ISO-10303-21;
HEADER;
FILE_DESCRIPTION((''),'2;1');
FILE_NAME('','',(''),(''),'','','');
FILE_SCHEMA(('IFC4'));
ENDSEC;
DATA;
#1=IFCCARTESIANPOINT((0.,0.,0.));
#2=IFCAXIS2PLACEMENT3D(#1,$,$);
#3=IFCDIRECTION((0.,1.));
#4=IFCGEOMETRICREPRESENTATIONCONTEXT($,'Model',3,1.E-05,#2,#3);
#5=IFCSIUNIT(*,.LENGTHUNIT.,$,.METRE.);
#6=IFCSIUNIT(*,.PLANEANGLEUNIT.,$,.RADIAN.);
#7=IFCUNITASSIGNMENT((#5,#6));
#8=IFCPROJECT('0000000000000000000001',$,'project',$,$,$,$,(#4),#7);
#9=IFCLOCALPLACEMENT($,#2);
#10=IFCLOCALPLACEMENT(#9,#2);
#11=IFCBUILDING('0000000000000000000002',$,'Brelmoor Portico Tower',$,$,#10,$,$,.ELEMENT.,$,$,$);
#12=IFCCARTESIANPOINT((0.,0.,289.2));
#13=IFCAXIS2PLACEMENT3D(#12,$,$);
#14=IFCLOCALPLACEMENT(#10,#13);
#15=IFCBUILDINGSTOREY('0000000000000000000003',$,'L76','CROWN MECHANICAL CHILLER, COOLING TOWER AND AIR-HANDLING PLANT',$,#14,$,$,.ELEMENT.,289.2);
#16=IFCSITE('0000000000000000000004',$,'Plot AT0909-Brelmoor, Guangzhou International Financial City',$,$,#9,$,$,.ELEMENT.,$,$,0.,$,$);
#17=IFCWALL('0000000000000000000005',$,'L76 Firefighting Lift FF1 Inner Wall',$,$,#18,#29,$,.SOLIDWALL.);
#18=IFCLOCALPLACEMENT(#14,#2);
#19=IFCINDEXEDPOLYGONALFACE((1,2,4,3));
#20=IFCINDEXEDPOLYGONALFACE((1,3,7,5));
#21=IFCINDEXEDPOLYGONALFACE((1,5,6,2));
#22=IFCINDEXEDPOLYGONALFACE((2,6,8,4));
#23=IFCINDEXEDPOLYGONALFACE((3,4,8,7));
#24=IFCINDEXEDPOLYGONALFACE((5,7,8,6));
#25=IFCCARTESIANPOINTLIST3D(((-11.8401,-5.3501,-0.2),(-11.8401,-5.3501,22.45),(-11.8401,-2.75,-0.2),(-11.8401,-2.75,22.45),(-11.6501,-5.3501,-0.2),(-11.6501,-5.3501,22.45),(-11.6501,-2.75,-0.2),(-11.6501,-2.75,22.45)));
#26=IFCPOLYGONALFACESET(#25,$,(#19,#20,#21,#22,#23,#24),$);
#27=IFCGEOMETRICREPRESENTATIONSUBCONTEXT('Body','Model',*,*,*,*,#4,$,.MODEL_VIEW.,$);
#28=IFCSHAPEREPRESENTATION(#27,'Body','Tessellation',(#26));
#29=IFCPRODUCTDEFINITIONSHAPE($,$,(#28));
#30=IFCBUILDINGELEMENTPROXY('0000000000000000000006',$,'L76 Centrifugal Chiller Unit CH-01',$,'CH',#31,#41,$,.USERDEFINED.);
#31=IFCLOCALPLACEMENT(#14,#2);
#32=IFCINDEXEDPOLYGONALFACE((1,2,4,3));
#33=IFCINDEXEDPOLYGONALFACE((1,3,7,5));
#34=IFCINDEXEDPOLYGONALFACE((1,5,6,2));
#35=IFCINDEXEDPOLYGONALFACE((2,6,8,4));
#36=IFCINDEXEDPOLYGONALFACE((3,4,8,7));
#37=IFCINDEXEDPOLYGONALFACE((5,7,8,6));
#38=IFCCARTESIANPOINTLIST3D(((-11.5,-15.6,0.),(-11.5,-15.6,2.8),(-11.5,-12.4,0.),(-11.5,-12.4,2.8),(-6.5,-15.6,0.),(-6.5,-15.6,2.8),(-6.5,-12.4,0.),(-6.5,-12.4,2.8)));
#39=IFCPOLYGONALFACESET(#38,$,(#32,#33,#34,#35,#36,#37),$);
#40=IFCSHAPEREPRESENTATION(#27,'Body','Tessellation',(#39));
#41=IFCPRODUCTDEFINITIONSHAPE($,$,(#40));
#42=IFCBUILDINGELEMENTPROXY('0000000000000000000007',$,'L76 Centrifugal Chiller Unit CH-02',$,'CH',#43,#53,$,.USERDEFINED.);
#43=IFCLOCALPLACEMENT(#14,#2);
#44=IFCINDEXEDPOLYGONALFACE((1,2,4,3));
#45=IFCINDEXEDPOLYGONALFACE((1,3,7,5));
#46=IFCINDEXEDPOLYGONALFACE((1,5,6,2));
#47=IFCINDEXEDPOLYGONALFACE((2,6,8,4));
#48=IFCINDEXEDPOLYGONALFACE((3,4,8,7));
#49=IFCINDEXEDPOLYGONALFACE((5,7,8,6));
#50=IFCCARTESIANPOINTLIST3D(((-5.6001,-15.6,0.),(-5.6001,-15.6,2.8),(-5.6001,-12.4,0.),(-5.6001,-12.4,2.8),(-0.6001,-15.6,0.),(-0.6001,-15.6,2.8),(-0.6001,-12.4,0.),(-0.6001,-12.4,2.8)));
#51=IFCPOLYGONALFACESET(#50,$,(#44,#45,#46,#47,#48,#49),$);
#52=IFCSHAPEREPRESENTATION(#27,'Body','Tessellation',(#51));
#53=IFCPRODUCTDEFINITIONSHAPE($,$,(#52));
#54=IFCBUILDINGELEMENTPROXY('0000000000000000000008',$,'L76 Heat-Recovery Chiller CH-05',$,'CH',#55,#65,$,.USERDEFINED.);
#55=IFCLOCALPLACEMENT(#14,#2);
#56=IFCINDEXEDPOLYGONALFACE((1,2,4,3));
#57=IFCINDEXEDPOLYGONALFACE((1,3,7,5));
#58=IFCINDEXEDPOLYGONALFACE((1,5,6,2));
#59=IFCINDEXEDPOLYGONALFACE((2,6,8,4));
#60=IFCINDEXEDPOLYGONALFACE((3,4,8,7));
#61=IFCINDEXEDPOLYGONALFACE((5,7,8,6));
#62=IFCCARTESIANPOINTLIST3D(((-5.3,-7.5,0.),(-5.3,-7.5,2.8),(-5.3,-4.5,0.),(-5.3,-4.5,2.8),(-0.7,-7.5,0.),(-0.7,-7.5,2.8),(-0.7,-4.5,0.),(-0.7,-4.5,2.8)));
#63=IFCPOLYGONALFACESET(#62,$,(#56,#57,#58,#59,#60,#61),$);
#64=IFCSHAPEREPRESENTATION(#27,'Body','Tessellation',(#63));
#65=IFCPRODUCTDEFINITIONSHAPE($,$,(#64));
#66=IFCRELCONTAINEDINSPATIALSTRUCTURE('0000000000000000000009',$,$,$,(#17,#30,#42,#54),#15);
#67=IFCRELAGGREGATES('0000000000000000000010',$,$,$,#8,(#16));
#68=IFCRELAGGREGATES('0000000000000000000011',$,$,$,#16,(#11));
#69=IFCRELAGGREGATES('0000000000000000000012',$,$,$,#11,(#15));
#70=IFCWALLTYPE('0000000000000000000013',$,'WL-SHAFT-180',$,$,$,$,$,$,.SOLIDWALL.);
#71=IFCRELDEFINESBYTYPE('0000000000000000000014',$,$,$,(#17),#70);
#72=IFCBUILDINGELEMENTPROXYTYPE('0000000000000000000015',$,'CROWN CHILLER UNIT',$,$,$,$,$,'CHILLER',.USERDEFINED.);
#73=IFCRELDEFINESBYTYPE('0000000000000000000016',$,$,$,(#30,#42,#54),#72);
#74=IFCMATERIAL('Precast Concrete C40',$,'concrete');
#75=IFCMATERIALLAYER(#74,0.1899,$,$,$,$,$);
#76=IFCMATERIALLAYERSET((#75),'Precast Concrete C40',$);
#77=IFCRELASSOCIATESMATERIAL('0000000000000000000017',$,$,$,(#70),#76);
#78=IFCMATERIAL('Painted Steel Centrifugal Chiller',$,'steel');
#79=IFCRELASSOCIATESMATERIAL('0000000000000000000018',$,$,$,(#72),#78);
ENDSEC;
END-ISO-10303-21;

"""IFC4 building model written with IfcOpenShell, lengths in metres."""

from ifc_helpers import new_model, si_unit, direction, frame, frame_2d, origin, origin_2d, place, context, subcontext, project, spatial, rectangle, extrude, material, layer, layer_set, type_object, element, save


model = new_model("IFC4")

# Units and contexts
model_context = context("Model", 3, precision=1e-05, world=origin(), true_north=direction((0.0, 1.0)))
body_context = subcontext(model_context, "Body", "Model", "MODEL_VIEW")
ifc_project = project(units=[si_unit("LENGTHUNIT", "METRE"), si_unit("PLANEANGLEUNIT", "RADIAN")], contexts=[model_context])

# Site, building, storey
site_placement = place(None, origin())
site = spatial("IfcSite", under=ifc_project, at=site_placement, Name="Plot AT0909-Brelmoor, Guangzhou International Financial City", CompositionType="ELEMENT", RefElevation=0.0)
building_placement = place(site_placement, origin())
building = spatial("IfcBuilding", under=site, at=building_placement, Name="Brelmoor Portico Tower", CompositionType="ELEMENT")
storey_placement = place(building_placement, frame((0.0, 0.0, 289.2)))
storey = spatial("IfcBuildingStorey", under=building, at=storey_placement, Name="L76", Description="CROWN MECHANICAL CHILLER, COOLING TOWER AND AIR-HANDLING PLANT", CompositionType="ELEMENT", Elevation=289.2)

# Wall
ifc_material_1 = material(Name="Precast Concrete C40", Category="concrete")
ifc_layer_1 = layer(ifc_material_1, 0.1899)
ifc_layer_set_1 = layer_set([ifc_layer_1], Name="Precast Concrete C40")
wall_type_1 = type_object("IfcWallType", Name="WL-SHAFT-180", PredefinedType="SOLIDWALL", material=ifc_layer_set_1)
wall_1_placement = place(storey_placement, frame((-11.7451, -5.3501, -0.2), z_axis=(0.0, 0.0, 1.0), x_axis=(0.0, 1.0, 0.0)))
element("IfcWall", 1, at=wall_1_placement, inside=storey, type_object=wall_type_1, Name="L76 Firefighting Lift FF1 Inner Wall", PredefinedType="SOLIDWALL", context=body_context, shape_type="SweptSolid", body=[
    extrude(rectangle(XDim=2.6001, YDim=0.1899, at=frame_2d((1.3, 0.0))), origin(), (0.0, 0.0, 1.0), 22.6499),
])

# Building element proxies
ifc_material_2 = material(Name="Painted Steel Centrifugal Chiller", Category="steel")
building_element_proxy_type = type_object("IfcBuildingElementProxyType", Name="CROWN CHILLER UNIT", ElementType="CHILLER", PredefinedType="USERDEFINED", material=ifc_material_2)
for number, where, z_axis, x_axis, name in (
    (2, (-9.0, -14.0, 0.0), (0.0, 0.0, 1.0), (1.0, 0.0, 0.0), "L76 Centrifugal Chiller Unit CH-01"),
    (3, (-3.1001, -14.0, 0.0), (0.0, 0.0, 1.0), (1.0, 0.0, 0.0), "L76 Centrifugal Chiller Unit CH-02"),
):
    element("IfcBuildingElementProxy", number, at=place(storey_placement, frame(where, z_axis=z_axis, x_axis=x_axis)), inside=storey, type_object=building_element_proxy_type, Name=name, ObjectType="CH", PredefinedType="USERDEFINED", context=body_context, shape_type="SweptSolid", body=[
        extrude(rectangle(XDim=5.0, YDim=3.2, at=origin_2d()), origin(), (0.0, 0.0, 1.0), 2.8),
    ])
proxy_placement = place(storey_placement, frame((-3.0, -6.0, 0.0), z_axis=(0.0, 0.0, 1.0), x_axis=(1.0, 0.0, 0.0)))
element("IfcBuildingElementProxy", 4, at=proxy_placement, inside=storey, type_object=building_element_proxy_type, Name="L76 Heat-Recovery Chiller CH-05", ObjectType="CH", PredefinedType="USERDEFINED", context=body_context, shape_type="SweptSolid", body=[
    extrude(rectangle(XDim=4.6001, YDim=3.0, at=origin_2d()), origin(), (0.0, 0.0, 1.0), 2.8),
])

save(model, "model.ifc")
